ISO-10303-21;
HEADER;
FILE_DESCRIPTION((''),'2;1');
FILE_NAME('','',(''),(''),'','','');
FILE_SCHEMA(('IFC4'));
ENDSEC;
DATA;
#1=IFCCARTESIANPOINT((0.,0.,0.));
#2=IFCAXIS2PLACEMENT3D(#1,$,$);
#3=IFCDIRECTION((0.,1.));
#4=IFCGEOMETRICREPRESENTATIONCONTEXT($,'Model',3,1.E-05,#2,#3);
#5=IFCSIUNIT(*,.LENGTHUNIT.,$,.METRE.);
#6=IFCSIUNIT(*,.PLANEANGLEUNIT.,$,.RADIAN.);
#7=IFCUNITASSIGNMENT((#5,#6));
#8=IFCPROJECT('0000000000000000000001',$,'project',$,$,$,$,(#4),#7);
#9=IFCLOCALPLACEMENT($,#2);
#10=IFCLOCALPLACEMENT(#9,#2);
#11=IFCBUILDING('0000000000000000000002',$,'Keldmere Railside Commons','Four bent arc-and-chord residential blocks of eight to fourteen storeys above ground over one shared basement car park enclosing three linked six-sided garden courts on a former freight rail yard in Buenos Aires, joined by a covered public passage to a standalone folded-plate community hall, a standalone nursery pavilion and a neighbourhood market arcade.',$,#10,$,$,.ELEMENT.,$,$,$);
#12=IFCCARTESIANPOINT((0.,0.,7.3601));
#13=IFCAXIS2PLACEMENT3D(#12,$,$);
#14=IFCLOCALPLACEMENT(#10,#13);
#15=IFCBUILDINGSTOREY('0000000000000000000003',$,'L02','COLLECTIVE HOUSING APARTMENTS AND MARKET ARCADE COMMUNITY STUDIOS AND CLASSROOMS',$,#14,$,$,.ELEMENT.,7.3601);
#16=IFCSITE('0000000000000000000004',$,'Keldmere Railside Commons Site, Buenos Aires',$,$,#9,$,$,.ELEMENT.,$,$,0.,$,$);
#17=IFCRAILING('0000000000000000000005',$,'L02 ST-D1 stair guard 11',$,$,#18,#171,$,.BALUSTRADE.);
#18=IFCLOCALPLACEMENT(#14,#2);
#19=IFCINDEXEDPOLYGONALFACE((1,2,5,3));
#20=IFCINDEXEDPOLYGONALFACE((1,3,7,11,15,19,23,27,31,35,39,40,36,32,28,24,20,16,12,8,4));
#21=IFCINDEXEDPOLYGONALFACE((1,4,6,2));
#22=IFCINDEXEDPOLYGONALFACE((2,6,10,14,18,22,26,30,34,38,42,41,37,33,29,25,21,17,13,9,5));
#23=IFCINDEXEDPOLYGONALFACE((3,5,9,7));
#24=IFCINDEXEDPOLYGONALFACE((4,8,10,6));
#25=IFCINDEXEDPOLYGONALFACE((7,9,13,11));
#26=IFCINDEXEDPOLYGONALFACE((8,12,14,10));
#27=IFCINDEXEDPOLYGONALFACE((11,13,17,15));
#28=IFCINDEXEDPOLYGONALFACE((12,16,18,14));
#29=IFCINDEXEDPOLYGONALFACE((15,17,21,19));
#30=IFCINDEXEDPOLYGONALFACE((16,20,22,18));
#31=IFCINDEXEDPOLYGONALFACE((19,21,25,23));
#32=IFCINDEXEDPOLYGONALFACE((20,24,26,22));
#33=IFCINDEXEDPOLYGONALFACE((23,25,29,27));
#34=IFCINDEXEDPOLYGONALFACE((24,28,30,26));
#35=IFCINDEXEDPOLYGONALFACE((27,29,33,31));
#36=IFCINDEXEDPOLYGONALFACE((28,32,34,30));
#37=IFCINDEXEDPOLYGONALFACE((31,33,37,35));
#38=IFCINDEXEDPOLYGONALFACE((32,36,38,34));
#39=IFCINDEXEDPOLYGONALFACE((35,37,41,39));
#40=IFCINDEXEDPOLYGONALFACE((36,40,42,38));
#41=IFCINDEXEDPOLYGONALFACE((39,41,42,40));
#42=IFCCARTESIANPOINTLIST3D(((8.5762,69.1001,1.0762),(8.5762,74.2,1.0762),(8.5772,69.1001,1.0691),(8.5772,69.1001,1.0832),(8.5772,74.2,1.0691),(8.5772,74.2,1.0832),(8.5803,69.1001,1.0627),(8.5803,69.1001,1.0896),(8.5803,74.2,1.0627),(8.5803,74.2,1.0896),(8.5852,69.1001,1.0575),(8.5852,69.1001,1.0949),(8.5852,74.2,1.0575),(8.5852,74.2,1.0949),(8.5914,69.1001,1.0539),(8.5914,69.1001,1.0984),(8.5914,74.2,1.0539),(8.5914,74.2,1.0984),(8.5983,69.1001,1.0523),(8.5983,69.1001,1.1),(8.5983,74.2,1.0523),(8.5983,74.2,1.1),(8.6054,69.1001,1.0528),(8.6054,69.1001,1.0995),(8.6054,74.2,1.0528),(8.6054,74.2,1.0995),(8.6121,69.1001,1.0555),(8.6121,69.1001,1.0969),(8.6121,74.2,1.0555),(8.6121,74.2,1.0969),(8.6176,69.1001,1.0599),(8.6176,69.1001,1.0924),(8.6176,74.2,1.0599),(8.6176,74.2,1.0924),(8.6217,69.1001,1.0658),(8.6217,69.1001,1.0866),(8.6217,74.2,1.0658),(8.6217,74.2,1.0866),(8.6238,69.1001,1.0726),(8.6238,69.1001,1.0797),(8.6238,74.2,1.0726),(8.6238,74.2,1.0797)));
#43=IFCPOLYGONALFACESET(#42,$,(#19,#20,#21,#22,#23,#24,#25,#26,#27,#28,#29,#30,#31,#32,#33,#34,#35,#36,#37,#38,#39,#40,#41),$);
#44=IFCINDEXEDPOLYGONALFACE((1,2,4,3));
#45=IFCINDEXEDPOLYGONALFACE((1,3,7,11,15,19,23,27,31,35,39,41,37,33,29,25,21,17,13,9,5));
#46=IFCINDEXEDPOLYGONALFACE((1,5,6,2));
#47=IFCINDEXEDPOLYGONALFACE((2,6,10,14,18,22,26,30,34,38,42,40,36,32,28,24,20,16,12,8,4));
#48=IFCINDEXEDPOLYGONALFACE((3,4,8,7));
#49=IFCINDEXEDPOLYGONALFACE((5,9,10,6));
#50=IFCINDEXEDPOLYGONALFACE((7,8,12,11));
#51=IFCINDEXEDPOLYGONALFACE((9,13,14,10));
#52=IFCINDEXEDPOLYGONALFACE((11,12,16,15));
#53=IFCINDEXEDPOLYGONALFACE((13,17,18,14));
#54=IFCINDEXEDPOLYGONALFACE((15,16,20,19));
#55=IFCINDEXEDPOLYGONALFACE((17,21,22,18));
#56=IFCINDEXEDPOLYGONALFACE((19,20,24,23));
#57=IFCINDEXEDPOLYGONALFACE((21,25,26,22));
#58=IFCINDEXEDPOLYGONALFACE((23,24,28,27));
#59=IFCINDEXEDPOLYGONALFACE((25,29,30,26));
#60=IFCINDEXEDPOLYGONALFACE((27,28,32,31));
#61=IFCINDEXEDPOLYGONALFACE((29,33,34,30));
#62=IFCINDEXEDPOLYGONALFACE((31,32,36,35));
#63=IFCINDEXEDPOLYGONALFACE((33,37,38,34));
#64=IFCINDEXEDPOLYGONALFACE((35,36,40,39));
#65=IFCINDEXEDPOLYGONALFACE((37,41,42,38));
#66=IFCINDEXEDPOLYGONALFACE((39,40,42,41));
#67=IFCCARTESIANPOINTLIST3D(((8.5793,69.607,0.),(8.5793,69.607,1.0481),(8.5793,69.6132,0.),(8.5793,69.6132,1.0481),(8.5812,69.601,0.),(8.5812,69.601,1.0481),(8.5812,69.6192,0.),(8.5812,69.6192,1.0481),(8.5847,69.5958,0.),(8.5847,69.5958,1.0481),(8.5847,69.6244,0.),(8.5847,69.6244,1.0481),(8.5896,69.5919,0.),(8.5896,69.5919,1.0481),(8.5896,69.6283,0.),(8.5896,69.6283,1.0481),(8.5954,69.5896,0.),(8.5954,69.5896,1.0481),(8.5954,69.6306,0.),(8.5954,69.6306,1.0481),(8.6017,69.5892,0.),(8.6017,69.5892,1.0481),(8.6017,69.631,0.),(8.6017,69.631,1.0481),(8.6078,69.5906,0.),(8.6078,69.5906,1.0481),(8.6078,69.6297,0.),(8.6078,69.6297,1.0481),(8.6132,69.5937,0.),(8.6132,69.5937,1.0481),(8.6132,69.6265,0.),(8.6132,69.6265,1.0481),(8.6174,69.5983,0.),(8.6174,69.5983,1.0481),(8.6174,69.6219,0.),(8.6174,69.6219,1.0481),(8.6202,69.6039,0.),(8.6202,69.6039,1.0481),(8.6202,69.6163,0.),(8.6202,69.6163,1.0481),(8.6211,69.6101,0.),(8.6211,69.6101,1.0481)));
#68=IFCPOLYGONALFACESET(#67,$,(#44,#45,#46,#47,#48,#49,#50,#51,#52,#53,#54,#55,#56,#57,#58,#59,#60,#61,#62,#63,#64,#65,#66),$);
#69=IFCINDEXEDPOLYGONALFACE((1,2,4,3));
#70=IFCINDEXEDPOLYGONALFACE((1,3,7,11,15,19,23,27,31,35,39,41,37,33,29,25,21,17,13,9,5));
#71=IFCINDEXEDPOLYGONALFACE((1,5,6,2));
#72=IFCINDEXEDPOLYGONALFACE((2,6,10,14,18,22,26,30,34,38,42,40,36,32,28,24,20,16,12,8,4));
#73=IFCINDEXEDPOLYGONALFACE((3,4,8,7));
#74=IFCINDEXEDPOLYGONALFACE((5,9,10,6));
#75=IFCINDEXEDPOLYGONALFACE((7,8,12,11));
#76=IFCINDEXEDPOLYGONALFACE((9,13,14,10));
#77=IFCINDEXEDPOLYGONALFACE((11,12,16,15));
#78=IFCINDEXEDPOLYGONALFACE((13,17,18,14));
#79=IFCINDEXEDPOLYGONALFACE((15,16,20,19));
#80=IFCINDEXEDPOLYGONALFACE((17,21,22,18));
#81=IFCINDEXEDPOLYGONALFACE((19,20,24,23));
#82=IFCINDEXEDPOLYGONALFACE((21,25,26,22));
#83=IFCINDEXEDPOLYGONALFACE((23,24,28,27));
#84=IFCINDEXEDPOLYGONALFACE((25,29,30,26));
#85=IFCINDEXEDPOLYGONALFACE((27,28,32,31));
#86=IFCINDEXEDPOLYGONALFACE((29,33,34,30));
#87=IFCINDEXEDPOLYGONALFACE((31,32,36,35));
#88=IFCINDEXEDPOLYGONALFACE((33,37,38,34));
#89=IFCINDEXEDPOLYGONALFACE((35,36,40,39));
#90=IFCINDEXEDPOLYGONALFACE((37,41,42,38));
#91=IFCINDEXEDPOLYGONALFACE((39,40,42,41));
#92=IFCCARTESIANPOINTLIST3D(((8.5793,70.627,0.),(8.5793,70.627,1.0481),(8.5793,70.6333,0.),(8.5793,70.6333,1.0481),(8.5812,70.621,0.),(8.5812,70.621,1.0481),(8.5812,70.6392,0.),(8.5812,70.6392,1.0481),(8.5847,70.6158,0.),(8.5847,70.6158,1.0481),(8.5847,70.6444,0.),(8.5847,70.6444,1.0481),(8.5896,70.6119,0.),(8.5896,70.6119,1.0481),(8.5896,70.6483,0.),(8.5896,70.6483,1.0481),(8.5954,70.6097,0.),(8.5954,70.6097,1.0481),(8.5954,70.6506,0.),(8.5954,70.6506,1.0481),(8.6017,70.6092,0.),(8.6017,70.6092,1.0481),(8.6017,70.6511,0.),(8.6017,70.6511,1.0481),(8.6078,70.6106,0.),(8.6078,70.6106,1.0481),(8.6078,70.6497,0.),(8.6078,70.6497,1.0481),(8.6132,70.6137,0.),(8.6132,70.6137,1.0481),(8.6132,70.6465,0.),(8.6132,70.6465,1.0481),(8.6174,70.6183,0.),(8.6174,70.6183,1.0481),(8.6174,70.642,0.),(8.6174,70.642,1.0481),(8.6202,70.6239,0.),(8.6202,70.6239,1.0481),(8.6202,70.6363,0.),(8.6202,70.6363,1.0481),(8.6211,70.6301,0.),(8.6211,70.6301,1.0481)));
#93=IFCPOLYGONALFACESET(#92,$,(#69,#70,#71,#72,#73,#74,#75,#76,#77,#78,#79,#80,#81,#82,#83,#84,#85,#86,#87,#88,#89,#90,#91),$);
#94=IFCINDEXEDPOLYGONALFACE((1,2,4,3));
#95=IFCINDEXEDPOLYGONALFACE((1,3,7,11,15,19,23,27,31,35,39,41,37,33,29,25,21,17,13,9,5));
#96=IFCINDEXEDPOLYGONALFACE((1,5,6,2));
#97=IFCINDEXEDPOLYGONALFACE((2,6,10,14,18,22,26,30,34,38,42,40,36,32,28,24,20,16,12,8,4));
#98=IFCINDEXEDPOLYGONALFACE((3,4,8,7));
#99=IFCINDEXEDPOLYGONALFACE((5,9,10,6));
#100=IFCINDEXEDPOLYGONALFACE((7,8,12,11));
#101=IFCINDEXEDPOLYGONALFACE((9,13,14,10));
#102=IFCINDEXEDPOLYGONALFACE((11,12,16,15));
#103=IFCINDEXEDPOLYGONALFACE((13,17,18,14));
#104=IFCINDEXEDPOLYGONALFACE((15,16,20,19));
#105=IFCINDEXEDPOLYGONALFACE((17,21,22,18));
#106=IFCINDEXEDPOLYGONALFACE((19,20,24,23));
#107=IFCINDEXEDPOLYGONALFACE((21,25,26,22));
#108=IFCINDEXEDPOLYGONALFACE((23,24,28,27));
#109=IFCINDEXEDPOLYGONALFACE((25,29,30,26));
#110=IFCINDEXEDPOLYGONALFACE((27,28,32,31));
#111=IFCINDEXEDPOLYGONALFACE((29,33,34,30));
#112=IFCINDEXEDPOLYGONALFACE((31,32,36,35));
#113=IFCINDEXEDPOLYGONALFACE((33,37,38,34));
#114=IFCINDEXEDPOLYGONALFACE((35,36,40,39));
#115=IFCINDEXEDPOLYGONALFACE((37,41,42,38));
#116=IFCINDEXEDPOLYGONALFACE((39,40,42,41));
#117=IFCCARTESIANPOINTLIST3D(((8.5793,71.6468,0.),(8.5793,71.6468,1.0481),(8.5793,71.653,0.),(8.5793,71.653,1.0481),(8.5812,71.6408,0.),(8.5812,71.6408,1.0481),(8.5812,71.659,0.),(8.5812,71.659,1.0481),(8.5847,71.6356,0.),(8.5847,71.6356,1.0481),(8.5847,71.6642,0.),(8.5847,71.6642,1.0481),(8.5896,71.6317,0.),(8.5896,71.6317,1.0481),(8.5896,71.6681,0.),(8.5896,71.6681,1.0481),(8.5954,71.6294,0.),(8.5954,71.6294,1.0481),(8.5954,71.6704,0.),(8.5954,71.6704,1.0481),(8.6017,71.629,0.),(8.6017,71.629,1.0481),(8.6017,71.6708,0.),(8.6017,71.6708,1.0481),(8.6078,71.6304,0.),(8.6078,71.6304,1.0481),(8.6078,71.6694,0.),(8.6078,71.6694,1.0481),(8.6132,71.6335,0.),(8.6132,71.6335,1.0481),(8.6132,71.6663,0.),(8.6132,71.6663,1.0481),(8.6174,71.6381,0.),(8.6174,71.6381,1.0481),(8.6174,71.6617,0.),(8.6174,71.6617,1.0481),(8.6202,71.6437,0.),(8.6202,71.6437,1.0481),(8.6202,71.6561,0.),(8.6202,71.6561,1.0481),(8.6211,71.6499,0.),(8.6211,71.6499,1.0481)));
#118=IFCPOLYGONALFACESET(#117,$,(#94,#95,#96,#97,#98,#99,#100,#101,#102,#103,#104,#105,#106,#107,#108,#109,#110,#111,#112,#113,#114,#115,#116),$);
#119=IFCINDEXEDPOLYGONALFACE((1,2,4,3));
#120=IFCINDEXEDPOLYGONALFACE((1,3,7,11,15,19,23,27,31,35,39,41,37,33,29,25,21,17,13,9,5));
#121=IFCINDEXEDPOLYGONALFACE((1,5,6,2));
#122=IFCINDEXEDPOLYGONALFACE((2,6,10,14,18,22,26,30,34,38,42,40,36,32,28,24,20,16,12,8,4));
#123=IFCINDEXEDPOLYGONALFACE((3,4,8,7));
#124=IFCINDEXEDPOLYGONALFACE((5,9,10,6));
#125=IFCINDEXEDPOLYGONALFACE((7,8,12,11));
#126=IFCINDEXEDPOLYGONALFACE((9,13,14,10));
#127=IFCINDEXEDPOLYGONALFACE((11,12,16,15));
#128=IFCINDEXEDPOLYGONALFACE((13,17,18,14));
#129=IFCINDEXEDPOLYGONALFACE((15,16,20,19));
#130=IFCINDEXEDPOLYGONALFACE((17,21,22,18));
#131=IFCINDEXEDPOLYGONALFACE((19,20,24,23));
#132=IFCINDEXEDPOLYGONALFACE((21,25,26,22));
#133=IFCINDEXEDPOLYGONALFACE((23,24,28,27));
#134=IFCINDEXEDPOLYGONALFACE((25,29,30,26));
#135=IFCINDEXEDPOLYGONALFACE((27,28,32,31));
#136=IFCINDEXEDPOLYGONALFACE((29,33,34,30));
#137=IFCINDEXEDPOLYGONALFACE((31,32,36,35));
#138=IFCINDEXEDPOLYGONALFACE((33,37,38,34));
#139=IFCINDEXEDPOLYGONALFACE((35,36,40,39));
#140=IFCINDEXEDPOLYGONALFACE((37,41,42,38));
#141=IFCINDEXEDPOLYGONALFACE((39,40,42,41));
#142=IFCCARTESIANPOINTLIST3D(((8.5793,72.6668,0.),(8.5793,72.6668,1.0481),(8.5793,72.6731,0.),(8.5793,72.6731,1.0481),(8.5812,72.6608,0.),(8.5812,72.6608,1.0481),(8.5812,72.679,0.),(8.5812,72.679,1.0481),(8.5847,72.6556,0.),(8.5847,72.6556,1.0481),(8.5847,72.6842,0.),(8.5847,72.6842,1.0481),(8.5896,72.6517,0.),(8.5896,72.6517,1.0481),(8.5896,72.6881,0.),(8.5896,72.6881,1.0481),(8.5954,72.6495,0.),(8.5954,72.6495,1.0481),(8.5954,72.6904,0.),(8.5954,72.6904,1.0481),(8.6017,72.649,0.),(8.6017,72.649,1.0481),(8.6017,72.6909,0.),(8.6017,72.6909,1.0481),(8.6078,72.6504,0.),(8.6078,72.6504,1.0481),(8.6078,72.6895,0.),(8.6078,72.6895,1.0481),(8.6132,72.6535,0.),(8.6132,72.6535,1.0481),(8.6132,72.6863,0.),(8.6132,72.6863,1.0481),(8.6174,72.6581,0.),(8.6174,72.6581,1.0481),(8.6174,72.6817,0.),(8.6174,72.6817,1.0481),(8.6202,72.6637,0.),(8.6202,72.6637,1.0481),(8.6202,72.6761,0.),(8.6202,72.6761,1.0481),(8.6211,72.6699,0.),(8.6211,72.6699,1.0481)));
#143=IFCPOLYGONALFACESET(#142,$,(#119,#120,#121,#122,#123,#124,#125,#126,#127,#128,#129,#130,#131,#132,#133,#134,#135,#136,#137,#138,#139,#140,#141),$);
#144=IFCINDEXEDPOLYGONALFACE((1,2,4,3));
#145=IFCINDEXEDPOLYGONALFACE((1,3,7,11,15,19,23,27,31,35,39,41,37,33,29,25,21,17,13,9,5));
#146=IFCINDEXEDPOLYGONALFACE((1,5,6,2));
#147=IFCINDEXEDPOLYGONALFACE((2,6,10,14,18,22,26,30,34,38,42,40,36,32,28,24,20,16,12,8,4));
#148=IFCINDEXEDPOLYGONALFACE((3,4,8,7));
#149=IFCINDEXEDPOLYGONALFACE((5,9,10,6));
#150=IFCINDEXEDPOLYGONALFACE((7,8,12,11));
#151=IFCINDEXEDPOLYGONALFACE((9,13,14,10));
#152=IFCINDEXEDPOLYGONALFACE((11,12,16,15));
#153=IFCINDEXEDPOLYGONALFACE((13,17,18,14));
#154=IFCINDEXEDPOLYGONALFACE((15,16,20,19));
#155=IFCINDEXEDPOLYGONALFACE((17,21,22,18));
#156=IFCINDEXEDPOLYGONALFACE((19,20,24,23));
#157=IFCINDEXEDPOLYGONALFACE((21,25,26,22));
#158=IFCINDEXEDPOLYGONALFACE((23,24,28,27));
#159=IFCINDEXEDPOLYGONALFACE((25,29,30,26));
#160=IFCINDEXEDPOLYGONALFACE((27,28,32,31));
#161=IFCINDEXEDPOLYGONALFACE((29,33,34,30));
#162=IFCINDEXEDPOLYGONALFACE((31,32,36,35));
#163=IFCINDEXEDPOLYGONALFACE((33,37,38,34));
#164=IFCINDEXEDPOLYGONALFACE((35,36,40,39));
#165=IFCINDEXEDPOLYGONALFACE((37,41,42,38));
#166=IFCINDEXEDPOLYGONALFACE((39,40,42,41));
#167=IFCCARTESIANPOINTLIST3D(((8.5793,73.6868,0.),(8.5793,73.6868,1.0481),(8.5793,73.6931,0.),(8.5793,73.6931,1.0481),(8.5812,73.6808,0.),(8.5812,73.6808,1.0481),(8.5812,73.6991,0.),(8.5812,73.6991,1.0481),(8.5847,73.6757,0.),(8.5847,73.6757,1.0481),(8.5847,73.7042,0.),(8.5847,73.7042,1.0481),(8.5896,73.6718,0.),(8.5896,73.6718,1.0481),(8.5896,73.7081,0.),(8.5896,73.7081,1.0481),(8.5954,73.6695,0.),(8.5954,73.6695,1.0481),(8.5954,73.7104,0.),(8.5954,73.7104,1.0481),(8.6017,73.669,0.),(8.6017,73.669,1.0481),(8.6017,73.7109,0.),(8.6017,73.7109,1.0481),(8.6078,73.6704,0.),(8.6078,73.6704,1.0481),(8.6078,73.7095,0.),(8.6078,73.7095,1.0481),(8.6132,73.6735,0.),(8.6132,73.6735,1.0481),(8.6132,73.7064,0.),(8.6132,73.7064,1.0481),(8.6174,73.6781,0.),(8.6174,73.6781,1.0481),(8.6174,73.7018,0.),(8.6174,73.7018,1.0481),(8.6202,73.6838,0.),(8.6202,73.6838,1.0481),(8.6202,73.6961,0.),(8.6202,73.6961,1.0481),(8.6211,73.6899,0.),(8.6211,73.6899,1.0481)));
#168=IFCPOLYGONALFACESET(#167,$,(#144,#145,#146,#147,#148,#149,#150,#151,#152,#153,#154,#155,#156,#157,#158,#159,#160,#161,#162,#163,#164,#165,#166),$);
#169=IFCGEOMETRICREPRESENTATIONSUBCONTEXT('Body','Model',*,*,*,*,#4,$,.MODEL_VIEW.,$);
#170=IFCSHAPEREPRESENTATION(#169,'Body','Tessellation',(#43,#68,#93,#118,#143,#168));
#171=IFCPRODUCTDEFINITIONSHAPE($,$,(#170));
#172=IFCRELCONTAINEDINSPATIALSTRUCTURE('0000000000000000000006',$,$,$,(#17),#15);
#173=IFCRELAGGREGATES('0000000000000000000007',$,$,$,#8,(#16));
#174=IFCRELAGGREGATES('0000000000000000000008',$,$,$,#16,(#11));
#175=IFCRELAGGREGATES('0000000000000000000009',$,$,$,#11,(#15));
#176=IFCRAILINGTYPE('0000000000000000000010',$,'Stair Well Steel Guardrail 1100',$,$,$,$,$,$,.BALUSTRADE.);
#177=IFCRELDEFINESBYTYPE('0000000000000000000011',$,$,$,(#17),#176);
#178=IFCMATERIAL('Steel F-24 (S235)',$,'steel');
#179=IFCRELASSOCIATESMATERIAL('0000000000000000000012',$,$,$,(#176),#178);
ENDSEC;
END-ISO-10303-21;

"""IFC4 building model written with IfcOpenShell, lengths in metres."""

from ifc_helpers import new_model, si_unit, direction, frame, origin, origin_2d, place, context, subcontext, project, spatial, circle, extrude, material, type_object, element, save


model = new_model("IFC4")

# Units and contexts
model_context = context("Model", 3, precision=1e-05, world=origin(), true_north=direction((0.0, 1.0)))
body_context = subcontext(model_context, "Body", "Model", "MODEL_VIEW")
ifc_project = project(units=[si_unit("LENGTHUNIT", "METRE"), si_unit("PLANEANGLEUNIT", "RADIAN")], contexts=[model_context])

# Site, building, storey
site_placement = place(None, origin())
site = spatial("IfcSite", under=ifc_project, at=site_placement, Name="Keldmere Railside Commons Site, Buenos Aires", CompositionType="ELEMENT", RefElevation=0.0)
building_placement = place(site_placement, origin())
building = spatial("IfcBuilding", under=site, at=building_placement, Name="Keldmere Railside Commons", Description="Four bent arc-and-chord residential blocks of eight to fourteen storeys above ground over one shared basement car park enclosing three linked six-sided garden courts on a former freight rail yard in Buenos Aires, joined by a covered public passage to a standalone folded-plate community hall, a standalone nursery pavilion and a neighbourhood market arcade.", CompositionType="ELEMENT")
storey_placement = place(building_placement, frame((0.0, 0.0, 7.3601)))
storey = spatial("IfcBuildingStorey", under=building, at=storey_placement, Name="L02", Description="COLLECTIVE HOUSING APARTMENTS AND MARKET ARCADE COMMUNITY STUDIOS AND CLASSROOMS", CompositionType="ELEMENT", Elevation=7.3601)

# Shared definitions
ifc_material_1 = material(Name="Steel F-24 (S235)", Category="steel")

# Railing
railing_type_1 = type_object("IfcRailingType", Name="Stair Well Steel Guardrail 1100", PredefinedType="BALUSTRADE", material=ifc_material_1)
for number, where, name in (
    (1, (8.6001, 69.1001, 0.0), "L02 ST-D1 stair guard 11"),
):
    element("IfcRailing", number, at=place(storey_placement, frame(where)), inside=storey, type_object=railing_type_1, Name=name, PredefinedType="BALUSTRADE", context=body_context, shape_type="SweptSolid", body=[
        extrude(circle(Radius=0.0239, at=origin_2d()), frame((0.0, 0.0, 1.0762), z_axis=(0.0, 1.0, 0.0), x_axis=(-1.0, 0.0, 0.0)), (0.0, 0.0, 1.0), 5.0999),
        extrude(circle(Radius=0.021, at=origin_2d()), frame((0.0, 0.51, 0.0)), (0.0, 0.0, 1.0), 1.0481),
        extrude(circle(Radius=0.021, at=origin_2d()), frame((0.0, 1.53, 0.0)), (0.0, 0.0, 1.0), 1.0481),
        extrude(circle(Radius=0.021, at=origin_2d()), frame((0.0, 2.5498, 0.0)), (0.0, 0.0, 1.0), 1.0481),
        extrude(circle(Radius=0.021, at=origin_2d()), frame((0.0, 3.5698, 0.0)), (0.0, 0.0, 1.0), 1.0481),
        extrude(circle(Radius=0.021, at=origin_2d()), frame((0.0, 4.5898, 0.0)), (0.0, 0.0, 1.0), 1.0481),
    ])

save(model, "model.ifc")
